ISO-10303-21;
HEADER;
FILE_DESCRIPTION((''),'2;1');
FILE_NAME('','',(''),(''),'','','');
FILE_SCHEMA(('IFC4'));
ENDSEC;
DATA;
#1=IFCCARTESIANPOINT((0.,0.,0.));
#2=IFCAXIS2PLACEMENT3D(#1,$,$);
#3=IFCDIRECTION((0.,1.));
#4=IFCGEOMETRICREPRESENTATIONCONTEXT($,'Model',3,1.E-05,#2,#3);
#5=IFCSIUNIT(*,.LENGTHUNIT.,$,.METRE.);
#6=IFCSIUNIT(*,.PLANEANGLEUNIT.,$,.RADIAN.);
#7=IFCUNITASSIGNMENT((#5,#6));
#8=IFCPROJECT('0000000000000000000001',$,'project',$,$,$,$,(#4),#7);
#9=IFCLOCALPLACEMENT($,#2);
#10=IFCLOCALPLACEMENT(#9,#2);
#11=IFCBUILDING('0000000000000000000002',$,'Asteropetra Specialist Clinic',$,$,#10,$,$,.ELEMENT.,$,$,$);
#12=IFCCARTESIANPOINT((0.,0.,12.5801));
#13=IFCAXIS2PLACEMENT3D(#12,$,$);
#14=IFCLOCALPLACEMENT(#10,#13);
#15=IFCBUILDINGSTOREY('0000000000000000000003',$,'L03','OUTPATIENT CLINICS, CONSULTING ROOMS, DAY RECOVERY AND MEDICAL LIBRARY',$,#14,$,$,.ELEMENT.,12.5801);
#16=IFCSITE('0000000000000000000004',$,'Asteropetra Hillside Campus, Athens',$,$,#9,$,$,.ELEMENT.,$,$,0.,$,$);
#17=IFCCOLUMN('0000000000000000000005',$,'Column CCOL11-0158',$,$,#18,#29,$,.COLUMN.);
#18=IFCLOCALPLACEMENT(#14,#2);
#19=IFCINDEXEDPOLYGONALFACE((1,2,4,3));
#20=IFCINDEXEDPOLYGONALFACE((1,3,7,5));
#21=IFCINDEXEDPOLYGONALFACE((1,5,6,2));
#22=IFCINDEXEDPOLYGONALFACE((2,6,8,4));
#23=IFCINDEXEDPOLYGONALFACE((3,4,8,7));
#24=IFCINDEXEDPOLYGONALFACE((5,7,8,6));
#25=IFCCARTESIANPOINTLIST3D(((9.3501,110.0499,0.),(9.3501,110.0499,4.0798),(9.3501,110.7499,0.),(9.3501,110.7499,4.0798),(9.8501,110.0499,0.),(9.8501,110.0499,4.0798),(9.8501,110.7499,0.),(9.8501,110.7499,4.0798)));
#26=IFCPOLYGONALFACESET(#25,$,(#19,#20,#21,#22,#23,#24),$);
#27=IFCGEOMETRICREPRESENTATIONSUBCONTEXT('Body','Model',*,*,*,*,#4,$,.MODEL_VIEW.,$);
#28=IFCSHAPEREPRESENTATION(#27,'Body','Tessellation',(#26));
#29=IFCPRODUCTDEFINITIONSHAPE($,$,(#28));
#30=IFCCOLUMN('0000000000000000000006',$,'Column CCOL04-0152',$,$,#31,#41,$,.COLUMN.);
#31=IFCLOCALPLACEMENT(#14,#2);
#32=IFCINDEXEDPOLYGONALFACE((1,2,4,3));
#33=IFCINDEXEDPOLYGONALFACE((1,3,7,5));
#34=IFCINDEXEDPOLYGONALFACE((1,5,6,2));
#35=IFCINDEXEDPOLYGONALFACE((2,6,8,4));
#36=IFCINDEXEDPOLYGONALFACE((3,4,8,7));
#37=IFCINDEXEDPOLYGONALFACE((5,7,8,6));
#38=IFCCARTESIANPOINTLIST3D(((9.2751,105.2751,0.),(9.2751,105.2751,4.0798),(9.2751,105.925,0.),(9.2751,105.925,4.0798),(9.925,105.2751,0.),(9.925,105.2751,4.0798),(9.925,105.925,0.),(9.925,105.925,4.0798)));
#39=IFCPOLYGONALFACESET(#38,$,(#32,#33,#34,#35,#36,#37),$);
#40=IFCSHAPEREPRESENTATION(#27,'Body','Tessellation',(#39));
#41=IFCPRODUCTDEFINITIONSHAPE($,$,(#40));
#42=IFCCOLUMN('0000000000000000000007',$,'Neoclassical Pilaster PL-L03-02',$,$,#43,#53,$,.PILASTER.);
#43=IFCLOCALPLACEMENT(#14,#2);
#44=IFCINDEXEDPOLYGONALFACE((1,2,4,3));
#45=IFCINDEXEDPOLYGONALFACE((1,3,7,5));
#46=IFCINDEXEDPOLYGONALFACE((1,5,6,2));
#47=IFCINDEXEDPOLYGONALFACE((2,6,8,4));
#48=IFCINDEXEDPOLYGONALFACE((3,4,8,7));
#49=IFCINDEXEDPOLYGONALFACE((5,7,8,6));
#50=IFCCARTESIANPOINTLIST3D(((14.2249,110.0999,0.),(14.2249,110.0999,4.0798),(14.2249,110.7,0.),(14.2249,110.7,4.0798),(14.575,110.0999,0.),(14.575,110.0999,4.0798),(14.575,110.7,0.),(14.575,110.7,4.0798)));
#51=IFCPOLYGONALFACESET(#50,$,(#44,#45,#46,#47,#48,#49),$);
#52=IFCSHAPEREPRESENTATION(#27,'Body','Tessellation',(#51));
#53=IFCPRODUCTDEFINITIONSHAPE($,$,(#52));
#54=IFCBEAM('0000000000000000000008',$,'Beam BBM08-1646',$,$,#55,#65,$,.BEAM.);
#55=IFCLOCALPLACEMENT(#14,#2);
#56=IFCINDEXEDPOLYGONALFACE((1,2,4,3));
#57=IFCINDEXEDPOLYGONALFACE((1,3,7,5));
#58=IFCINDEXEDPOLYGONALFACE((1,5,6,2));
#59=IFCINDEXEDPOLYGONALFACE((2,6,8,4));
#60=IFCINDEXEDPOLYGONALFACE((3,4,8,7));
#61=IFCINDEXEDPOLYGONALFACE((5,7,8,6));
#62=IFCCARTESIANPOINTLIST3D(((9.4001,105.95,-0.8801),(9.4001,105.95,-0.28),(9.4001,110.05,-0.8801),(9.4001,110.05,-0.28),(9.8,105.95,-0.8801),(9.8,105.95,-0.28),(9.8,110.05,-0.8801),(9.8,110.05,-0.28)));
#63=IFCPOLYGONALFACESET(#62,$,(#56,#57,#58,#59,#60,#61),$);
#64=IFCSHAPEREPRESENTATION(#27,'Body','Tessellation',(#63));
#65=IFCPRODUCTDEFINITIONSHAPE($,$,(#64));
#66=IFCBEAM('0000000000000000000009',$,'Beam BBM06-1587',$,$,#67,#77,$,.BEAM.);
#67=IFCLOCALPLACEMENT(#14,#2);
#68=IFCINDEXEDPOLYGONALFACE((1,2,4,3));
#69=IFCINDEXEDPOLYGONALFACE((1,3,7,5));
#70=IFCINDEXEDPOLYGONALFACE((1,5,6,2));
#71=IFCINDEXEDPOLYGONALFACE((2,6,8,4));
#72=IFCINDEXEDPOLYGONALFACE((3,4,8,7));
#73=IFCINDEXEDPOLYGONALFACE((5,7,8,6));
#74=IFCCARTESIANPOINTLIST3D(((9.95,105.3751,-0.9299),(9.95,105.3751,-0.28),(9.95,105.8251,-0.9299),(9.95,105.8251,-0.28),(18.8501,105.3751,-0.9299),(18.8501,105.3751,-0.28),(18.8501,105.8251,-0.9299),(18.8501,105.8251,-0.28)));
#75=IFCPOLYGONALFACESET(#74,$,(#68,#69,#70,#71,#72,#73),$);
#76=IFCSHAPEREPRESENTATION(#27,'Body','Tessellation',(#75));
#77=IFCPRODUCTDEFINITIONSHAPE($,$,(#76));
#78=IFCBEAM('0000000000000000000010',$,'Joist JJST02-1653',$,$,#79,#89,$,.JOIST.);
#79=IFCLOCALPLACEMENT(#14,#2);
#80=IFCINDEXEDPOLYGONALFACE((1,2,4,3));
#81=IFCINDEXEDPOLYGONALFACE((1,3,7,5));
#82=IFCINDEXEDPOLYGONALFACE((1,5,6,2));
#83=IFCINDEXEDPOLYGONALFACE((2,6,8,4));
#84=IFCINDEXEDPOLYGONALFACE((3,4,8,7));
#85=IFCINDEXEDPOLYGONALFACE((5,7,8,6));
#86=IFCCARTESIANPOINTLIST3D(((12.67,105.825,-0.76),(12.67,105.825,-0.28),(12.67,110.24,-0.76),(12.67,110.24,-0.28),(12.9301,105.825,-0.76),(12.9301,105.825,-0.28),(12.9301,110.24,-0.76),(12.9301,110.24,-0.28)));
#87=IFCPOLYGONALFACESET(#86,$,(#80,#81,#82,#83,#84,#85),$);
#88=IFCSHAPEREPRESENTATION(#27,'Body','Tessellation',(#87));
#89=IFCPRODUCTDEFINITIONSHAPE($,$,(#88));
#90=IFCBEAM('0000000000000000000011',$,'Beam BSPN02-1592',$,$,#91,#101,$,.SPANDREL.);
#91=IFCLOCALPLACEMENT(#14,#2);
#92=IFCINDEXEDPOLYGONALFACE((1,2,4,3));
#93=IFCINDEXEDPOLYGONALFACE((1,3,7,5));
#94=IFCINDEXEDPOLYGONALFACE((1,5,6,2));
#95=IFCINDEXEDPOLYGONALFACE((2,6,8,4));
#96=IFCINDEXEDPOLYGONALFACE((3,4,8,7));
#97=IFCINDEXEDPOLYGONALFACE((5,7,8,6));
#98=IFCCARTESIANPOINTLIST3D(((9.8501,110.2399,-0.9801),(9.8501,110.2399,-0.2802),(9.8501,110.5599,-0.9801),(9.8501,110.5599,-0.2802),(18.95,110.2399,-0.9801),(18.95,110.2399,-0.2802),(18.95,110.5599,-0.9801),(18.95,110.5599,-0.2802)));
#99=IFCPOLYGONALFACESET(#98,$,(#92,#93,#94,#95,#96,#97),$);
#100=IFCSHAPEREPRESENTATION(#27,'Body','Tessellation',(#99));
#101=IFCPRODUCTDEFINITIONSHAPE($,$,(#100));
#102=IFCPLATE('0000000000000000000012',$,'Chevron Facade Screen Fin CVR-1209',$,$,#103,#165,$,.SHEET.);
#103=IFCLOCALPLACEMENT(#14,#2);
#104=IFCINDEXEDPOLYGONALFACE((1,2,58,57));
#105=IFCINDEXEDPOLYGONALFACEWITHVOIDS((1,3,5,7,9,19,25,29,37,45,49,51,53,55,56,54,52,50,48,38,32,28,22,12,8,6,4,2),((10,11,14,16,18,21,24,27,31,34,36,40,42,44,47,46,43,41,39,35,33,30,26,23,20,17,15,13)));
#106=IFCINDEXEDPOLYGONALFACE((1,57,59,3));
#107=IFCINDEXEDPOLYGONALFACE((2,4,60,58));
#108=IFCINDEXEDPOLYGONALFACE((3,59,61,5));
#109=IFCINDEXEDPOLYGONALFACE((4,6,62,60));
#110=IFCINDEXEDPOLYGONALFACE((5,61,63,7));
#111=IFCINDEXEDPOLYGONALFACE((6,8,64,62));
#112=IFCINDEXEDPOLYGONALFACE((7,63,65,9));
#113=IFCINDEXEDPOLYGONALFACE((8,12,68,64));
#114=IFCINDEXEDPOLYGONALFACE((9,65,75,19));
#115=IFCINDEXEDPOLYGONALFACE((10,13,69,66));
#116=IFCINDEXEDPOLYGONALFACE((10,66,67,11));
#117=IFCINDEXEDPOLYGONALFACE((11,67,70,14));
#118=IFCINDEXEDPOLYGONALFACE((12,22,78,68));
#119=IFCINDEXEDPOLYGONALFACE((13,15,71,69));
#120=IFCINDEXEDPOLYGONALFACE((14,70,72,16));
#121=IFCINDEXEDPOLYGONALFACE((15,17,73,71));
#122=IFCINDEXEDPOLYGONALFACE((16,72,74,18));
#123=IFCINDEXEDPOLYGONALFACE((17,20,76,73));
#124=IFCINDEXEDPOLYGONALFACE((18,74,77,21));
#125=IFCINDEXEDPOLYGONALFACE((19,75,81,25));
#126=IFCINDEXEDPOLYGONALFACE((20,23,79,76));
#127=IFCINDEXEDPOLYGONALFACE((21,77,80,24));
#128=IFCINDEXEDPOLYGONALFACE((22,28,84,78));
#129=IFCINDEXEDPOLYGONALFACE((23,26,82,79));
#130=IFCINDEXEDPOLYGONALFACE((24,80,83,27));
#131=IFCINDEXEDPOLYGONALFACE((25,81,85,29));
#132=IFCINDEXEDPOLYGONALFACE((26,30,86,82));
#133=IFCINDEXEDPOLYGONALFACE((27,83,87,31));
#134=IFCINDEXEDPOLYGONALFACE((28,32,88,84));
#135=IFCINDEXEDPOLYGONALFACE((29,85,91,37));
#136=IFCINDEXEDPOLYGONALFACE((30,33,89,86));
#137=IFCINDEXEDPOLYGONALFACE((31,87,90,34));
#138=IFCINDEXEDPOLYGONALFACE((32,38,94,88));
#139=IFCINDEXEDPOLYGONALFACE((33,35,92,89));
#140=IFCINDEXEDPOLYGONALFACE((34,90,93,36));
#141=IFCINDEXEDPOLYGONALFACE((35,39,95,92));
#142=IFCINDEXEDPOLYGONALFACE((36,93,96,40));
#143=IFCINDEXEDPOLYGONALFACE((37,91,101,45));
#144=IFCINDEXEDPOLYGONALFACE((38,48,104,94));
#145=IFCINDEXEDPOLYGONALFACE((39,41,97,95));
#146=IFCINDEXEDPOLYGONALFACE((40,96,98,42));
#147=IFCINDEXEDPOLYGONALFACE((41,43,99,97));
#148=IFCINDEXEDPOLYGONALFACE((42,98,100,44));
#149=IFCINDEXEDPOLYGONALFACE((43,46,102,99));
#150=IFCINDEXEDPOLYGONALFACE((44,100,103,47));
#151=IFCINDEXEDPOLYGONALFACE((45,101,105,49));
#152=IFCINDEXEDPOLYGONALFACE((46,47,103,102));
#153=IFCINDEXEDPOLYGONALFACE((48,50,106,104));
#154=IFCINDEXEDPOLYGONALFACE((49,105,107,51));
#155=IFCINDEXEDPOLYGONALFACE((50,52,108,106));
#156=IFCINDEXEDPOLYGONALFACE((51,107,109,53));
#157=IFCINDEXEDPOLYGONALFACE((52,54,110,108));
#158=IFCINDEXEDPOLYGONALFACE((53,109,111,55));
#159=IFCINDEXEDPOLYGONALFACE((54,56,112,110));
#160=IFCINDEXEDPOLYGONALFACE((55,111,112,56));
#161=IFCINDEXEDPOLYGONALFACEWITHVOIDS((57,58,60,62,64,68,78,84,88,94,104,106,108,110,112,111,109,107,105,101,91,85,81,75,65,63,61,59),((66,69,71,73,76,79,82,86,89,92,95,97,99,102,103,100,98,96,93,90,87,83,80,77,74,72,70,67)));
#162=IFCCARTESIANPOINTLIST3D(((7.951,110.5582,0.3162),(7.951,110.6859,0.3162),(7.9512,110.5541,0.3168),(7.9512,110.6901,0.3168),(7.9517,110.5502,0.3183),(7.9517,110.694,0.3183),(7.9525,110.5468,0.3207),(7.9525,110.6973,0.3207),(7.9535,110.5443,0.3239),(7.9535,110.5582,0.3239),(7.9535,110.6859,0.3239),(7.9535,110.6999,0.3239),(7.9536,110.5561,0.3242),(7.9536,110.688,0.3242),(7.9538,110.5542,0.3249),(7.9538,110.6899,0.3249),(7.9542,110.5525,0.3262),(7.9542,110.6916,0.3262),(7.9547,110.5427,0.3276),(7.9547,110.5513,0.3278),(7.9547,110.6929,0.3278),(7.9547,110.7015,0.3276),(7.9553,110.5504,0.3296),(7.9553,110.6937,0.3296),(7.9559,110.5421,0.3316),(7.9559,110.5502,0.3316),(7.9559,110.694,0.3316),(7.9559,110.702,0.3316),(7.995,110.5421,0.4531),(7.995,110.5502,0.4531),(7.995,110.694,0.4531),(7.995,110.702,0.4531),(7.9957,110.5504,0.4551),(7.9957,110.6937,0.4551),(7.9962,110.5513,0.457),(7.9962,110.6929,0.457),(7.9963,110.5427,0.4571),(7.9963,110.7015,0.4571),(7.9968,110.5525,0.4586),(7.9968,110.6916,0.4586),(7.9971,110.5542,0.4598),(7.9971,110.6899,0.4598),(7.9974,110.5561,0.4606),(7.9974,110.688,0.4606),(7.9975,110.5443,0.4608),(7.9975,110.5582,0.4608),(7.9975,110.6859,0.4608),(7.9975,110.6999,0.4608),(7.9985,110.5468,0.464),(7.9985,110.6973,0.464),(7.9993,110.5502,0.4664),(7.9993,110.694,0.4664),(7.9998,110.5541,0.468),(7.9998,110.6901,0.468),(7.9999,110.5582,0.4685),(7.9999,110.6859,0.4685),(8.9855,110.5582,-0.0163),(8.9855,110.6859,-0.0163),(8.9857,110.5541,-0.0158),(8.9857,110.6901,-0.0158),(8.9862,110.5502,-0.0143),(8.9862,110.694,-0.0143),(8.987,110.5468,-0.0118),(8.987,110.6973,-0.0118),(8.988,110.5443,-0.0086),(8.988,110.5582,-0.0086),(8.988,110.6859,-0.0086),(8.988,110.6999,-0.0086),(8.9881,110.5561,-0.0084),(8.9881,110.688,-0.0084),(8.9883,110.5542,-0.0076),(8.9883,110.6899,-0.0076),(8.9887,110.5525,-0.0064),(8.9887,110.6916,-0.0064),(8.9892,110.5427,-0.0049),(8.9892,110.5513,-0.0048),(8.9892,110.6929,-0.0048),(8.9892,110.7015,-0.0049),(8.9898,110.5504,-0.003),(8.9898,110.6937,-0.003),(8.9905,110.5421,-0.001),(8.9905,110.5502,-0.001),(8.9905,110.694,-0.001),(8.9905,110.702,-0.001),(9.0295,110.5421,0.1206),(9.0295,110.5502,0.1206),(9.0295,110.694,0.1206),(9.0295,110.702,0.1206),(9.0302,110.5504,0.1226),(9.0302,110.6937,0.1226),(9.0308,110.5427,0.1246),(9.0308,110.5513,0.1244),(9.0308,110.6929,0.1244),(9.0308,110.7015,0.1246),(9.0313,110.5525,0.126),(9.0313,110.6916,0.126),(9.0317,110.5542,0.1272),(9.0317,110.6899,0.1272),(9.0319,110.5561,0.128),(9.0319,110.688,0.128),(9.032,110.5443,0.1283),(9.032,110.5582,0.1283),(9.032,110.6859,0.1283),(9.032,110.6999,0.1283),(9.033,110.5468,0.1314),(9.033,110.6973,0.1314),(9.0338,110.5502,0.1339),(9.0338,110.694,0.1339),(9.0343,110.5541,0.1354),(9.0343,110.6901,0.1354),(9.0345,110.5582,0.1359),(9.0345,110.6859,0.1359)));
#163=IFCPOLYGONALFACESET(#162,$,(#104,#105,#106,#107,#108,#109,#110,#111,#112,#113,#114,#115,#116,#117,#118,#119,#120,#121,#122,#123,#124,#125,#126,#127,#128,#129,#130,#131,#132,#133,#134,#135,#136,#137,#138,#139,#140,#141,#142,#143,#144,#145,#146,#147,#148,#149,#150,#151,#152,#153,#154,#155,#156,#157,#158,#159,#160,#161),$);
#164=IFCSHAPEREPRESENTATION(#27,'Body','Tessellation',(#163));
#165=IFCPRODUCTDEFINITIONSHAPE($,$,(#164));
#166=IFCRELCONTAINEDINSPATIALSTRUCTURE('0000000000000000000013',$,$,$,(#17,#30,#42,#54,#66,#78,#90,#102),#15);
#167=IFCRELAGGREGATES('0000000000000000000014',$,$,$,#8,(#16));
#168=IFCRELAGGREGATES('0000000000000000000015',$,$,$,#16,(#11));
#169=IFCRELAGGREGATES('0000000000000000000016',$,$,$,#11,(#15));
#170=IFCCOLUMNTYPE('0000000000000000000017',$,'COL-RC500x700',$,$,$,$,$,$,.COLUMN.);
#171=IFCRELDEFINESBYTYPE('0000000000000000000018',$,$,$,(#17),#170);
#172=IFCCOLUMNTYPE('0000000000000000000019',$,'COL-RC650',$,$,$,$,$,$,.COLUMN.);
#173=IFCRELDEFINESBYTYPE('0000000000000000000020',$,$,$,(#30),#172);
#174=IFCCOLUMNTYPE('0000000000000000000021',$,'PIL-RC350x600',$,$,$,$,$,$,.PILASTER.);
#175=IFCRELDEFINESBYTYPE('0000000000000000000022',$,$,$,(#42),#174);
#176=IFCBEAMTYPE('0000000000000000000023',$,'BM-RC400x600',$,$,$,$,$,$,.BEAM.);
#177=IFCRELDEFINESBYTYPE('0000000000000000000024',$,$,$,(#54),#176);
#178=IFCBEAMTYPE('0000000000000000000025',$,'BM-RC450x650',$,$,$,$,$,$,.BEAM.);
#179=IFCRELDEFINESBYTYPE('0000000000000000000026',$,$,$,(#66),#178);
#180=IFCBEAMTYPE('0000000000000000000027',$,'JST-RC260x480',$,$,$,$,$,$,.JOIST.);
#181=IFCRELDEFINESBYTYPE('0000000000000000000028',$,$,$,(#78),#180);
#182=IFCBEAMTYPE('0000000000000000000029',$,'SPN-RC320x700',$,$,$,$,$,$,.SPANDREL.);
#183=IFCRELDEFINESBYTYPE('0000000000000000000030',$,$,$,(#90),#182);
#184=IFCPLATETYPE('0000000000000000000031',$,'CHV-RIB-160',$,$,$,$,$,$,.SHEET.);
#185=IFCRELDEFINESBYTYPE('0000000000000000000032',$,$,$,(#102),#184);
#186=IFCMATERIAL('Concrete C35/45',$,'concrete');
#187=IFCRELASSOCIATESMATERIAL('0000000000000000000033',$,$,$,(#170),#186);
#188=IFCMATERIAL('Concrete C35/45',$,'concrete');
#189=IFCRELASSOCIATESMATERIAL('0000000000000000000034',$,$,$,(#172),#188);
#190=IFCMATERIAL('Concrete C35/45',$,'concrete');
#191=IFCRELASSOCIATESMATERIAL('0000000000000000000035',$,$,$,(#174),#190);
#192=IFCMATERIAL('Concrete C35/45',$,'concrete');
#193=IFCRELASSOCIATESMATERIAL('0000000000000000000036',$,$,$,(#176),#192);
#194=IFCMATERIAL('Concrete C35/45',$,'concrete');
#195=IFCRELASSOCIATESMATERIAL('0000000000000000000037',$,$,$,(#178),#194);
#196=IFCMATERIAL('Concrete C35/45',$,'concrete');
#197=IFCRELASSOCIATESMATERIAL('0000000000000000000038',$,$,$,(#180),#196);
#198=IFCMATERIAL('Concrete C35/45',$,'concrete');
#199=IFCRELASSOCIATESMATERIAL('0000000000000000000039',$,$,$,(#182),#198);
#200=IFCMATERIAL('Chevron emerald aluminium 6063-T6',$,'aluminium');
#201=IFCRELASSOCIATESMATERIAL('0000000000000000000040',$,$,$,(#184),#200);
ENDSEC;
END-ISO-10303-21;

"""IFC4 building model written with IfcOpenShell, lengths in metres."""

from ifc_helpers import new_model, si_unit, direction, frame, origin, origin_2d, place, context, subcontext, project, spatial, rectangle, hollow_rectangle, extrude, material, material_profile, profile_set, type_object, element, save


model = new_model("IFC4")

# Units and contexts
model_context = context("Model", 3, precision=1e-05, world=origin(), true_north=direction((0.0, 1.0)))
body_context = subcontext(model_context, "Body", "Model", "MODEL_VIEW")
ifc_project = project(units=[si_unit("LENGTHUNIT", "METRE"), si_unit("PLANEANGLEUNIT", "RADIAN")], contexts=[model_context])

# Site, building, storey
site_placement = place(None, origin())
site = spatial("IfcSite", under=ifc_project, at=site_placement, Name="Asteropetra Hillside Campus, Athens", CompositionType="ELEMENT", RefElevation=0.0)
building_placement = place(site_placement, origin())
building = spatial("IfcBuilding", under=site, at=building_placement, Name="Asteropetra Specialist Clinic", CompositionType="ELEMENT")
storey_placement = place(building_placement, frame((0.0, 0.0, 12.5801)))
storey = spatial("IfcBuildingStorey", under=building, at=storey_placement, Name="L03", Description="OUTPATIENT CLINICS, CONSULTING ROOMS, DAY RECOVERY AND MEDICAL LIBRARY", CompositionType="ELEMENT", Elevation=12.5801)

# Columns
ifc_material_1 = material(Name="Concrete C35/45", Category="concrete")
ifc_material_profile_1 = material_profile(ifc_material_1, rectangle(XDim=0.5, YDim=0.7, at=origin_2d()), Name="RC 500x700")
ifc_profile_set_1 = profile_set([ifc_material_profile_1], Name="Concrete C35/45")
column_type_1 = type_object("IfcColumnType", Name="COL-RC500x700", PredefinedType="COLUMN", material=ifc_profile_set_1)
column_1_placement = place(storey_placement, frame((9.6001, 110.3999, 0.0), z_axis=(0.0, 0.0, 1.0), x_axis=(1.0, 0.0, 0.0)))
element("IfcColumn", 1, at=column_1_placement, inside=storey, type_object=column_type_1, Name="Column CCOL11-0158", PredefinedType="COLUMN", context=body_context, shape_type="SweptSolid", body=[
    extrude(rectangle(XDim=0.5, YDim=0.7, at=origin_2d()), origin(), (0.0, 0.0, 1.0), 4.0798),
])
ifc_material_2 = material(Name="Concrete C35/45", Category="concrete")
ifc_material_profile_2 = material_profile(ifc_material_2, rectangle(XDim=0.6499, YDim=0.6499, at=origin_2d()), Name="RC 650x650")
ifc_profile_set_2 = profile_set([ifc_material_profile_2], Name="Concrete C35/45")
column_type_2 = type_object("IfcColumnType", Name="COL-RC650", PredefinedType="COLUMN", material=ifc_profile_set_2)
column_2_placement = place(storey_placement, frame((9.6001, 105.6001, 0.0), z_axis=(0.0, 0.0, 1.0), x_axis=(1.0, 0.0, 0.0)))
element("IfcColumn", 2, at=column_2_placement, inside=storey, type_object=column_type_2, Name="Column CCOL04-0152", PredefinedType="COLUMN", context=body_context, shape_type="SweptSolid", body=[
    extrude(rectangle(XDim=0.6499, YDim=0.6499, at=origin_2d()), origin(), (0.0, 0.0, 1.0), 4.0798),
])
ifc_material_3 = material(Name="Concrete C35/45", Category="concrete")
ifc_material_profile_3 = material_profile(ifc_material_3, rectangle(XDim=0.3501, YDim=0.6001, at=origin_2d()), Name="PIL 350x600")
ifc_profile_set_3 = profile_set([ifc_material_profile_3], Name="Concrete C35/45")
column_type_3 = type_object("IfcColumnType", Name="PIL-RC350x600", PredefinedType="PILASTER", material=ifc_profile_set_3)
column_3_placement = place(storey_placement, frame((14.3999, 110.3999, 0.0), z_axis=(0.0, 0.0, 1.0), x_axis=(1.0, 0.0, 0.0)))
element("IfcColumn", 3, at=column_3_placement, inside=storey, type_object=column_type_3, Name="Neoclassical Pilaster PL-L03-02", PredefinedType="PILASTER", context=body_context, shape_type="SweptSolid", body=[
    extrude(rectangle(XDim=0.3501, YDim=0.6001, at=origin_2d()), origin(), (0.0, 0.0, 1.0), 4.0798),
])

# Beams
ifc_material_4 = material(Name="Concrete C35/45", Category="concrete")
ifc_material_profile_4 = material_profile(ifc_material_4, rectangle(XDim=0.3999, YDim=0.6001, at=origin_2d()), Name="RCB 400x600")
ifc_profile_set_4 = profile_set([ifc_material_profile_4], Name="Concrete C35/45")
beam_type_1 = type_object("IfcBeamType", Name="BM-RC400x600", PredefinedType="BEAM", material=ifc_profile_set_4)
beam_1_placement = place(storey_placement, frame((9.6001, 105.95, -0.5801), z_axis=(0.0, 1.0, 0.0), x_axis=(-1.0, 0.0, 0.0)))
element("IfcBeam", 4, at=beam_1_placement, inside=storey, type_object=beam_type_1, Name="Beam BBM08-1646", PredefinedType="BEAM", context=body_context, shape_type="SweptSolid", body=[
    extrude(rectangle(XDim=0.3999, YDim=0.6001, at=origin_2d()), origin(), (0.0, 0.0, 1.0), 4.1001),
])
ifc_material_5 = material(Name="Concrete C35/45", Category="concrete")
ifc_material_profile_5 = material_profile(ifc_material_5, rectangle(XDim=0.45, YDim=0.6499, at=origin_2d()), Name="RCB 450x650")
ifc_profile_set_5 = profile_set([ifc_material_profile_5], Name="Concrete C35/45")
beam_type_2 = type_object("IfcBeamType", Name="BM-RC450x650", PredefinedType="BEAM", material=ifc_profile_set_5)
beam_2_placement = place(storey_placement, frame((9.95, 105.6001, -0.605), z_axis=(1.0, 0.0, 0.0), x_axis=(0.0, 1.0, 0.0)))
element("IfcBeam", 5, at=beam_2_placement, inside=storey, type_object=beam_type_2, Name="Beam BBM06-1587", PredefinedType="BEAM", context=body_context, shape_type="SweptSolid", body=[
    extrude(rectangle(XDim=0.45, YDim=0.6499, at=origin_2d()), origin(), (0.0, 0.0, 1.0), 8.9001),
])
ifc_material_6 = material(Name="Concrete C35/45", Category="concrete")
ifc_material_profile_6 = material_profile(ifc_material_6, rectangle(XDim=0.26, YDim=0.48, at=origin_2d()), Name="RCJ 260x480")
ifc_profile_set_6 = profile_set([ifc_material_profile_6], Name="Concrete C35/45")
beam_type_3 = type_object("IfcBeamType", Name="JST-RC260x480", PredefinedType="JOIST", material=ifc_profile_set_6)
beam_3_placement = place(storey_placement, frame((12.8, 105.825, -0.52), z_axis=(0.0, 1.0, 0.0), x_axis=(-1.0, 0.0, 0.0)))
element("IfcBeam", 6, at=beam_3_placement, inside=storey, type_object=beam_type_3, Name="Joist JJST02-1653", PredefinedType="JOIST", context=body_context, shape_type="SweptSolid", body=[
    extrude(rectangle(XDim=0.26, YDim=0.48, at=origin_2d()), origin(), (0.0, 0.0, 1.0), 4.415),
])
ifc_material_7 = material(Name="Concrete C35/45", Category="concrete")
ifc_material_profile_7 = material_profile(ifc_material_7, rectangle(XDim=0.3201, YDim=0.7, at=origin_2d()), Name="RCS 320x700")
ifc_profile_set_7 = profile_set([ifc_material_profile_7], Name="Concrete C35/45")
beam_type_4 = type_object("IfcBeamType", Name="SPN-RC320x700", PredefinedType="SPANDREL", material=ifc_profile_set_7)
beam_4_placement = place(storey_placement, frame((9.8501, 110.3999, -0.6301), z_axis=(1.0, 0.0, 0.0), x_axis=(0.0, 1.0, 0.0)))
element("IfcBeam", 7, at=beam_4_placement, inside=storey, type_object=beam_type_4, Name="Beam BSPN02-1592", PredefinedType="SPANDREL", context=body_context, shape_type="SweptSolid", body=[
    extrude(rectangle(XDim=0.3201, YDim=0.7, at=origin_2d()), origin(), (0.0, 0.0, 1.0), 9.0999),
])

# Plate
ifc_material_8 = material(Name="Chevron emerald aluminium 6063-T6", Category="aluminium")
ifc_material_profile_8 = material_profile(ifc_material_8, hollow_rectangle(XDim=0.1599, YDim=0.1599, WallThickness=0.0081, InnerFilletRadius=0.0081, OuterFilletRadius=0.0161, at=origin_2d()), Name="SHS 160x160x8.0")
ifc_profile_set_8 = profile_set([ifc_material_profile_8], Name="Chevron emerald aluminium 6063-T6")
plate_type = type_object("IfcPlateType", Name="CHV-RIB-160", PredefinedType="SHEET", material=ifc_profile_set_8)
plate_1_placement = place(storey_placement, frame((9.01, 110.6221, 0.0598), z_axis=(-0.952022, 0.0, 0.306031), x_axis=(0.0, -1.0, 0.0)))
element("IfcPlate", 8, at=plate_1_placement, inside=storey, type_object=plate_type, Name="Chevron Facade Screen Fin CVR-1209", PredefinedType="SHEET", context=body_context, shape_type="SweptSolid", body=[
    extrude(hollow_rectangle(XDim=0.1599, YDim=0.1599, WallThickness=0.0081, InnerFilletRadius=0.0081, OuterFilletRadius=0.0161, at=origin_2d()), origin(), (0.0, 0.0, 1.0), 1.0867),
])

save(model, "model.ifc")
